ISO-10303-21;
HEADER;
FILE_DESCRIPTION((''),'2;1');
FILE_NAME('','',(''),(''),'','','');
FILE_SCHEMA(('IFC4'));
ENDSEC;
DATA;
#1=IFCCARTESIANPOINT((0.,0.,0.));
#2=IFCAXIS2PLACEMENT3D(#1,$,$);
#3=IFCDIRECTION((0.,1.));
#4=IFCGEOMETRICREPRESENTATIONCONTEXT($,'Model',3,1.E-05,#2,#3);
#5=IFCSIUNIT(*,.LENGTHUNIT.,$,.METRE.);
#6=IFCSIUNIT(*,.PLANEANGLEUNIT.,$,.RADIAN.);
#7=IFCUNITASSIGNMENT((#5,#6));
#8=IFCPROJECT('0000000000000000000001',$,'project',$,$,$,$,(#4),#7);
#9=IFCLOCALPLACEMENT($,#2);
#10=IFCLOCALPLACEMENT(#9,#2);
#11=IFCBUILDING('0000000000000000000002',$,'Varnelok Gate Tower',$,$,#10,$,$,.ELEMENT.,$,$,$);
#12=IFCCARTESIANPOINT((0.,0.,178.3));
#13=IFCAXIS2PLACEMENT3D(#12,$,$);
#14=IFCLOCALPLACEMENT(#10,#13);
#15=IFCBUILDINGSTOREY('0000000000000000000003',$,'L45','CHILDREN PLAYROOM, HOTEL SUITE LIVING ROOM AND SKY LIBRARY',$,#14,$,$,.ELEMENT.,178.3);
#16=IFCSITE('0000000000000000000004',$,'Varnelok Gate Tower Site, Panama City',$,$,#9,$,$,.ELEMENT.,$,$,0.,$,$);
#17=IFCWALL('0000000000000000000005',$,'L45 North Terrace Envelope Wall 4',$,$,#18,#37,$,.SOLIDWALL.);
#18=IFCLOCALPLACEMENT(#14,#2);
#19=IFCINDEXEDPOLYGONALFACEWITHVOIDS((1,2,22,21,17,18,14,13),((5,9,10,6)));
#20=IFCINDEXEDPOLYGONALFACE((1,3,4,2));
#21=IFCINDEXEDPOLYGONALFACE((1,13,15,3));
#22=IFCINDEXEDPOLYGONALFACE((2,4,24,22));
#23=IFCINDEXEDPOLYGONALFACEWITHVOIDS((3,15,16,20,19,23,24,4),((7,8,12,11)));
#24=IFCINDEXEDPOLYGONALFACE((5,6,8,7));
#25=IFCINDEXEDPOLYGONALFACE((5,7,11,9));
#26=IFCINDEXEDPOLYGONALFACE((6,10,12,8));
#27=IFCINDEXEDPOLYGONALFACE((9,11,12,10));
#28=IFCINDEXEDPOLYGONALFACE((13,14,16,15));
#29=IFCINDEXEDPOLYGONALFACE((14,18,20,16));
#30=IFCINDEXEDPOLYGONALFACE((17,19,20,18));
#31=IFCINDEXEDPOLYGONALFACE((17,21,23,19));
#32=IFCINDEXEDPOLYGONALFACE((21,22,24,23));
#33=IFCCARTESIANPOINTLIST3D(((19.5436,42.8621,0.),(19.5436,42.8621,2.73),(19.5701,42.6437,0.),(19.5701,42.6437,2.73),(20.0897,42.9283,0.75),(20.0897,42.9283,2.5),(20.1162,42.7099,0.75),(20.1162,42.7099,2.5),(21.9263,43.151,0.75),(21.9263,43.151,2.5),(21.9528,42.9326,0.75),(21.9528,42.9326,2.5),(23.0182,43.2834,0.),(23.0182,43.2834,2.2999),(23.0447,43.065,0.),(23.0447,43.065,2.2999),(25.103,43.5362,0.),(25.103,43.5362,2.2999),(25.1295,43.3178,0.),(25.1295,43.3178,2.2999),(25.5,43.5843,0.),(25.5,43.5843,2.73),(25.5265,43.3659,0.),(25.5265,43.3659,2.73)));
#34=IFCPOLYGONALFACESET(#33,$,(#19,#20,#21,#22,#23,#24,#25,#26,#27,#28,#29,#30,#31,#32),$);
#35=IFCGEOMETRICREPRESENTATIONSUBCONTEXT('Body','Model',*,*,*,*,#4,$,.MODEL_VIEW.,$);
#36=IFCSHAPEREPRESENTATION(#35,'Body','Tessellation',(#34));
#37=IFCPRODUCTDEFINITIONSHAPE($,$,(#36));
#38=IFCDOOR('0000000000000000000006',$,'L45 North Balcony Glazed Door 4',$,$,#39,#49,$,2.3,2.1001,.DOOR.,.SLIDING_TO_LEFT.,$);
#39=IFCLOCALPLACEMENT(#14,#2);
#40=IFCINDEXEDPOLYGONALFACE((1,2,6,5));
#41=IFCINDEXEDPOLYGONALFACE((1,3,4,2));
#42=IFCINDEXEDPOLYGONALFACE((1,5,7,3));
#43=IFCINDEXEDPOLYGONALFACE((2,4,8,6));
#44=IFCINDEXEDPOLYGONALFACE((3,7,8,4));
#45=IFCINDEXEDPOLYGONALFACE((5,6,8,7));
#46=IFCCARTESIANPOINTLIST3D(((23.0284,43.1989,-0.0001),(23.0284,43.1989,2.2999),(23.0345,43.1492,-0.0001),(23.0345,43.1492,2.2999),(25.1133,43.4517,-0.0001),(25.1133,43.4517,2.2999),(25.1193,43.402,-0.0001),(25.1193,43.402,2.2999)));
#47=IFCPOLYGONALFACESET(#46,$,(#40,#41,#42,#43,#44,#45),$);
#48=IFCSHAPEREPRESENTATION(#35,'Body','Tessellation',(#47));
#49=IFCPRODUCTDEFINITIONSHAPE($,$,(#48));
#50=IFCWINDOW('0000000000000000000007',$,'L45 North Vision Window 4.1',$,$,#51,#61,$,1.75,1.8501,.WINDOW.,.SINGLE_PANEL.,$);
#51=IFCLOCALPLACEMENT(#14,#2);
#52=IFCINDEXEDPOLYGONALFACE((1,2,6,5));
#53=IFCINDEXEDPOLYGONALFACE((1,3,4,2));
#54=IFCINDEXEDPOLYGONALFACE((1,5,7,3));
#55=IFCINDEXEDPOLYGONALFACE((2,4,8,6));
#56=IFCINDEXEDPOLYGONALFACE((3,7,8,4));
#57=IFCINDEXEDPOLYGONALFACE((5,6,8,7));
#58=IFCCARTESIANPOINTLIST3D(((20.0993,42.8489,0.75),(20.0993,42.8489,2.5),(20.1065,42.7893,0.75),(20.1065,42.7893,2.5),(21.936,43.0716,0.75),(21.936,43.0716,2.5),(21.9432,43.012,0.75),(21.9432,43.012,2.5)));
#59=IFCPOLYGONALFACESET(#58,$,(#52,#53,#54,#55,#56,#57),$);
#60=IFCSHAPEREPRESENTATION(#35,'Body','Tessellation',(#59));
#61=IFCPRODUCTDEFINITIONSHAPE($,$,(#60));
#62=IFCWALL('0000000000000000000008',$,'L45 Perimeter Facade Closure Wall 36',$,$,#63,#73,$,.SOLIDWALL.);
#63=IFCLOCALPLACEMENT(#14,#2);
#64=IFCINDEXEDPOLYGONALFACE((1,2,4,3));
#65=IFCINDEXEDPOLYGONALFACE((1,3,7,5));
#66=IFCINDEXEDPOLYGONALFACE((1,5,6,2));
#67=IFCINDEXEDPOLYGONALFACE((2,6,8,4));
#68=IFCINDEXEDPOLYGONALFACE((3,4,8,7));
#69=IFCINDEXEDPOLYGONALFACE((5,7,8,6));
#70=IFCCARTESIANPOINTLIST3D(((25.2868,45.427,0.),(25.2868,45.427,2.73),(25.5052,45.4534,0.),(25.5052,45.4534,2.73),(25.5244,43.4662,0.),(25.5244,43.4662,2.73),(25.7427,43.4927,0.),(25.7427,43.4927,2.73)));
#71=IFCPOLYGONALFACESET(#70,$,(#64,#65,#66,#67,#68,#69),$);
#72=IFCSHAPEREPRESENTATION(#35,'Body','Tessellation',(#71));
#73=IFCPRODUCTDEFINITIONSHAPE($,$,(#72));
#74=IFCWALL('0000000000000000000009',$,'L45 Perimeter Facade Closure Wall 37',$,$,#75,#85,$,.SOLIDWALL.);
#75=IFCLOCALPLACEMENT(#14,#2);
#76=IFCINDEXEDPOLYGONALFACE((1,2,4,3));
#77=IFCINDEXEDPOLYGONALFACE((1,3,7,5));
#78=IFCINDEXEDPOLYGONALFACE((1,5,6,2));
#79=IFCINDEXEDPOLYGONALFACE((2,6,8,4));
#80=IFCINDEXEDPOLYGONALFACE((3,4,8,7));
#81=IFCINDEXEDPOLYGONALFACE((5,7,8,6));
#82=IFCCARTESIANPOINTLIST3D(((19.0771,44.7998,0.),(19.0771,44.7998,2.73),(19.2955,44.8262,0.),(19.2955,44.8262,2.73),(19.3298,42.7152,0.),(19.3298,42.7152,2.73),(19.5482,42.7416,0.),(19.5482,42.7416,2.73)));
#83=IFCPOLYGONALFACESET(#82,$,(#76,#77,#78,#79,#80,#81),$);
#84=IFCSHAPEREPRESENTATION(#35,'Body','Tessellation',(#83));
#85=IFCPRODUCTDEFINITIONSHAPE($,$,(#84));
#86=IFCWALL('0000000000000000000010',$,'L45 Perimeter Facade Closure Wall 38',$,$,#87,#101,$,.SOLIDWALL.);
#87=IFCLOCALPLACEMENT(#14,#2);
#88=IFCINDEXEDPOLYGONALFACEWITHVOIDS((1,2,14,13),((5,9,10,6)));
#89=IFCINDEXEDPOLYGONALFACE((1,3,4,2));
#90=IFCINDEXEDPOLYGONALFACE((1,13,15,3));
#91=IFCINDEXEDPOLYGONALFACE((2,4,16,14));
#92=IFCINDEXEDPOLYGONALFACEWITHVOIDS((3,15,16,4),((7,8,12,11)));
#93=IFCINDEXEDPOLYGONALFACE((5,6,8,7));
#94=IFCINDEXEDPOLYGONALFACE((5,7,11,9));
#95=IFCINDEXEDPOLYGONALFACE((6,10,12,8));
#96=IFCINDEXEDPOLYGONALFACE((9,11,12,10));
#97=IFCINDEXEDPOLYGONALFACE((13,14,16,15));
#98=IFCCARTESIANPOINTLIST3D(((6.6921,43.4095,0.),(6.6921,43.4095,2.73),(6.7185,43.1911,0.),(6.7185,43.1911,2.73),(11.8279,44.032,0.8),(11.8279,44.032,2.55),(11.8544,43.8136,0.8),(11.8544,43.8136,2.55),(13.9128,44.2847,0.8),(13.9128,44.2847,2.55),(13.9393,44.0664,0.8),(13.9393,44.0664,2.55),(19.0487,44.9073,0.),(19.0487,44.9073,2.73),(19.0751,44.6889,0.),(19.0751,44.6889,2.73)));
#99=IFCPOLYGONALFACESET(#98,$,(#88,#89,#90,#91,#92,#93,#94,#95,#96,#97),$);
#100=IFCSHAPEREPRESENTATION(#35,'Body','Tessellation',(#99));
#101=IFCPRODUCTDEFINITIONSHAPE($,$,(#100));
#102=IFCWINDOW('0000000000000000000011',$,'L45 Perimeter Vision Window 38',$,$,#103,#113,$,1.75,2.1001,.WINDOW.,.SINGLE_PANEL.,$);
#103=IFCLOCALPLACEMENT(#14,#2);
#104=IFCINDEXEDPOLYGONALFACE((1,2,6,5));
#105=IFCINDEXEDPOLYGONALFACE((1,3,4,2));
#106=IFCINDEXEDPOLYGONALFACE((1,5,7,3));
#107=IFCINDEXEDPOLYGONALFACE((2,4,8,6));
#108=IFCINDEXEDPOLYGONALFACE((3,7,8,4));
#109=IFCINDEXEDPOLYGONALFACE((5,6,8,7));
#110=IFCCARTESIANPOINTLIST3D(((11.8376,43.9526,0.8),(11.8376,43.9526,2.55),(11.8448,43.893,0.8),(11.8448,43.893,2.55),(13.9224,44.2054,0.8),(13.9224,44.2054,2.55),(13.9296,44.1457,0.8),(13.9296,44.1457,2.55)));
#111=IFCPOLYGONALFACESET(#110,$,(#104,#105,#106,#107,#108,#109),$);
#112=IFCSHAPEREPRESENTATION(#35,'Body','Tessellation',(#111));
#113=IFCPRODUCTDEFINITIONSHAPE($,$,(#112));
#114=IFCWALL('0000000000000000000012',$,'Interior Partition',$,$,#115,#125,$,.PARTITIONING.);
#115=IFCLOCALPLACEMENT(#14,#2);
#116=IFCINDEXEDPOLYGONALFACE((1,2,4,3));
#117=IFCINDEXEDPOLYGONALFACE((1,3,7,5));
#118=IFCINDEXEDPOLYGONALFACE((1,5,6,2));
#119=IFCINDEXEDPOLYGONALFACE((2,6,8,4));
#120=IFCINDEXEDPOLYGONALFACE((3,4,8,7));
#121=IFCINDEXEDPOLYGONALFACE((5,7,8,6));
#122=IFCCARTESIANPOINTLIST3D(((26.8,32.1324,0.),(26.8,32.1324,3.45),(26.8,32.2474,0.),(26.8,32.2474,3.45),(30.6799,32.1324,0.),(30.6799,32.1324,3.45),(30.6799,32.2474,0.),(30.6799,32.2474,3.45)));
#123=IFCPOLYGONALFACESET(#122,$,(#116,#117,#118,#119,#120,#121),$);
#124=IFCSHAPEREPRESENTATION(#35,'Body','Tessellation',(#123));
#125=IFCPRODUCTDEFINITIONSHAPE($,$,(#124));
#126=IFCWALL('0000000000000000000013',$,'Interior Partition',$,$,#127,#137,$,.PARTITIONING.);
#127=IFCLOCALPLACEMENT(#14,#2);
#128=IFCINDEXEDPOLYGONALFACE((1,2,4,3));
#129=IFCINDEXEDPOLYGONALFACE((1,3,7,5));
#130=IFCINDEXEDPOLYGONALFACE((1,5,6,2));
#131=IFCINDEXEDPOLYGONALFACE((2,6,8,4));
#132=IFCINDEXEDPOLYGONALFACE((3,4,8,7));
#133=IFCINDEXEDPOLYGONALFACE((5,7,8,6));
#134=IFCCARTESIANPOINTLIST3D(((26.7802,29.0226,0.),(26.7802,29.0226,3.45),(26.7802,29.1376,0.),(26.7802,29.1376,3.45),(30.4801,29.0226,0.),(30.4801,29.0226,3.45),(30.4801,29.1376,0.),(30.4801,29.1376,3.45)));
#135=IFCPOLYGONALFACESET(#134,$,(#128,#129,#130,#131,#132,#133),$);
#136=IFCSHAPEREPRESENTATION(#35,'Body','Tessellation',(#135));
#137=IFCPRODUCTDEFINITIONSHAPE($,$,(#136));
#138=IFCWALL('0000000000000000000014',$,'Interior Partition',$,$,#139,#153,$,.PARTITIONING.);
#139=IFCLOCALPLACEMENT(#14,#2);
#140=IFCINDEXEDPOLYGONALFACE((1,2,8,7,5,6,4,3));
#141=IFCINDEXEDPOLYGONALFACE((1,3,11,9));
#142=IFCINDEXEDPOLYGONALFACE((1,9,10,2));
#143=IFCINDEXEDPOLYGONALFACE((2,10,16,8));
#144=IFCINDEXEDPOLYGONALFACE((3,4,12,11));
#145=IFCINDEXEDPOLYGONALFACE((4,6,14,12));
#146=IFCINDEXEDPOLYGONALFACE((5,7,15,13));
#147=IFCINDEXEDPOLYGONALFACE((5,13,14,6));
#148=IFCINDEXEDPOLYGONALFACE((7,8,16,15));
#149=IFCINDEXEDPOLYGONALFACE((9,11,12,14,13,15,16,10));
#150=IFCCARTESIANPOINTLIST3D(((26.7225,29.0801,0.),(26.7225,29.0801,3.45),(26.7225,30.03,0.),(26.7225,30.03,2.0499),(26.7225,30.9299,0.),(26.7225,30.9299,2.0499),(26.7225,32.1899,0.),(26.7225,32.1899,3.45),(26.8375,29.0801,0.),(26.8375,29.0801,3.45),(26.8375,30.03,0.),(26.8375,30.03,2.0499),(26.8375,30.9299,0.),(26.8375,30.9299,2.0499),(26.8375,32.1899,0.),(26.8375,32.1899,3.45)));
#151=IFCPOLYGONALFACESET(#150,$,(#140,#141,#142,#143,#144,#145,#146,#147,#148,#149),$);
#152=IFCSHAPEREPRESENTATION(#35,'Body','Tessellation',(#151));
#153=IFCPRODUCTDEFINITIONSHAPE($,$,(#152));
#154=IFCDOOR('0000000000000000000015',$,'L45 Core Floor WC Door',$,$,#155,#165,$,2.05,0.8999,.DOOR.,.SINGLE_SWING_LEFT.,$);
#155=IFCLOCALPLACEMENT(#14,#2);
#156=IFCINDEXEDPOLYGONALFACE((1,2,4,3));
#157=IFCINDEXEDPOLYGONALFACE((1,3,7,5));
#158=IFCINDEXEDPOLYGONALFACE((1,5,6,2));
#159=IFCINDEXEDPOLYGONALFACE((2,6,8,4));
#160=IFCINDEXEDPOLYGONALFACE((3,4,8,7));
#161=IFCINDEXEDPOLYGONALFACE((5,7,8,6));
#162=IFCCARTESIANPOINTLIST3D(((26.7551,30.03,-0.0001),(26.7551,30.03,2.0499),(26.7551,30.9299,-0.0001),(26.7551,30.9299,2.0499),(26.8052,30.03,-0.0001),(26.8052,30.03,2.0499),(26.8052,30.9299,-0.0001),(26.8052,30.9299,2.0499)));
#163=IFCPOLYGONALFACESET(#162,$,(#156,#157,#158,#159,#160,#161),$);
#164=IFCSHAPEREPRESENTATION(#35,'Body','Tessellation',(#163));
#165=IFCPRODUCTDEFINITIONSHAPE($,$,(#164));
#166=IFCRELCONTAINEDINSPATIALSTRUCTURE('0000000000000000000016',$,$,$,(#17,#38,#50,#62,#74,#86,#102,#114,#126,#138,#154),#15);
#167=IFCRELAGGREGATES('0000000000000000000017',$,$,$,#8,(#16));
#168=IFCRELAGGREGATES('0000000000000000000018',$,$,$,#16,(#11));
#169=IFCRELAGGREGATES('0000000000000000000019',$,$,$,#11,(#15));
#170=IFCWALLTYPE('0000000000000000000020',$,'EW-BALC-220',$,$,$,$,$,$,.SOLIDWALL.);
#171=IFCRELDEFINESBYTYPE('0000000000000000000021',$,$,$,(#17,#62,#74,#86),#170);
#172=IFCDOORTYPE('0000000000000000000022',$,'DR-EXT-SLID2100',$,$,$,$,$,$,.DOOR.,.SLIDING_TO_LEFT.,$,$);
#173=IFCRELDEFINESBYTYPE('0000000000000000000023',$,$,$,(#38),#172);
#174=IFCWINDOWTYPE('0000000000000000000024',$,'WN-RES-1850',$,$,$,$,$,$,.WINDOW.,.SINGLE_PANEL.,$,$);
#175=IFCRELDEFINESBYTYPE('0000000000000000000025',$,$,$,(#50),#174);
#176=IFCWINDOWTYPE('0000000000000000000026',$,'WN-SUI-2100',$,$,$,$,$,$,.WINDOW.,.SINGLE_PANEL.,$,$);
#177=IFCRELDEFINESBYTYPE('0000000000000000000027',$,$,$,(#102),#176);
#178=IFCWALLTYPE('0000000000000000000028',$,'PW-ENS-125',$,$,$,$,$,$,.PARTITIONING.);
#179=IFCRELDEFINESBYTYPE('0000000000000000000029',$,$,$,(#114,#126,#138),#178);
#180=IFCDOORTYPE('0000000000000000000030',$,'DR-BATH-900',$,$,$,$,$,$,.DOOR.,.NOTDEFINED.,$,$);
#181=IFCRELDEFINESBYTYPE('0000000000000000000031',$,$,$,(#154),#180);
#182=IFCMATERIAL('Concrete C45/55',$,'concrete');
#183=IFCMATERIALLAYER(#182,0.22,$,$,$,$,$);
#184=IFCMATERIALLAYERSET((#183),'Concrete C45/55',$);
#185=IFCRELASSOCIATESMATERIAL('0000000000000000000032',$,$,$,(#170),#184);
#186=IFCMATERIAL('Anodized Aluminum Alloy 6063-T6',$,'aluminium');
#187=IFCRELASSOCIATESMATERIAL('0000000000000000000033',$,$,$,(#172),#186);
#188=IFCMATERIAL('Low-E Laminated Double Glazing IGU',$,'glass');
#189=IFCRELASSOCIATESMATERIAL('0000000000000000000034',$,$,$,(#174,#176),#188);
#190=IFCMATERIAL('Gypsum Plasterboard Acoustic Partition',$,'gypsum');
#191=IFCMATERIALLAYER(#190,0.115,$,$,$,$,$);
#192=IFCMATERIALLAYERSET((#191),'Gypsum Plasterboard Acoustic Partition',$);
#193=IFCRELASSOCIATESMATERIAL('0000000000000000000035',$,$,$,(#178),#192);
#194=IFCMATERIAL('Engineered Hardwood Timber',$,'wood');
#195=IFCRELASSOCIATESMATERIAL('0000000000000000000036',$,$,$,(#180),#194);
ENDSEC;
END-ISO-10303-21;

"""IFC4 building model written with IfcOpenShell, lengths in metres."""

from ifc_helpers import new_model, si_unit, direction, frame, frame_2d, origin, place, context, subcontext, project, spatial, rectangle, extrude, material, layer, layer_set, type_object, element, fill, save


model = new_model("IFC4")

# Units and contexts
model_context = context("Model", 3, precision=1e-05, world=origin(), true_north=direction((0.0, 1.0)))
body_context = subcontext(model_context, "Body", "Model", "MODEL_VIEW")
ifc_project = project(units=[si_unit("LENGTHUNIT", "METRE"), si_unit("PLANEANGLEUNIT", "RADIAN")], contexts=[model_context])

# Site, building, storey
site_placement = place(None, origin())
site = spatial("IfcSite", under=ifc_project, at=site_placement, Name="Varnelok Gate Tower Site, Panama City", CompositionType="ELEMENT", RefElevation=0.0)
building_placement = place(site_placement, origin())
building = spatial("IfcBuilding", under=site, at=building_placement, Name="Varnelok Gate Tower", CompositionType="ELEMENT")
storey_placement = place(building_placement, frame((0.0, 0.0, 178.3)))
storey = spatial("IfcBuildingStorey", under=building, at=storey_placement, Name="L45", Description="CHILDREN PLAYROOM, HOTEL SUITE LIVING ROOM AND SKY LIBRARY", CompositionType="ELEMENT", Elevation=178.3)

# Wall, openings, door, window
ifc_material_1 = material(Name="Concrete C45/55", Category="concrete")
ifc_layer_1 = layer(ifc_material_1, 0.22)
ifc_layer_set_1 = layer_set([ifc_layer_1], Name="Concrete C45/55")
wall_type_1 = type_object("IfcWallType", Name="EW-BALC-220", PredefinedType="SOLIDWALL", material=ifc_layer_set_1)
wall_1_placement = place(storey_placement, frame((19.5569, 42.7529, 0.0), z_axis=(0.0, 0.0, 1.0), x_axis=(0.99273, 0.120363, 0.0)))
wall_1 = element("IfcWall", 1, at=wall_1_placement, inside=storey, type_object=wall_type_1, Name="L45 North Terrace Envelope Wall 4", PredefinedType="SOLIDWALL", context=body_context, shape_type="SweptSolid", body=[
    extrude(rectangle(XDim=6.0, YDim=0.22, at=frame_2d((3.0, 0.0))), origin(), (0.0, 0.0, 1.0), 2.73),
])
opening_1_placement = place(wall_1_placement, frame((3.5, 0.0, 0.0)))
opening_1 = element("IfcOpeningElement", 2, at=opening_1_placement, cuts=wall_1, PredefinedType="OPENING", context=body_context, shape_type="SweptSolid", body=[
    extrude(rectangle(XDim=2.1001, YDim=2.3, at=frame_2d((1.05, 1.1499))), frame((0.0, 0.1199, 0.0), z_axis=(0.0, -1.0, 0.0), x_axis=(1.0, 0.0, 0.0)), (0.0, 0.0, 1.0), 0.24),
])
opening_2_placement = place(wall_1_placement, frame((0.55, 0.0, 0.75)))
opening_2 = element("IfcOpeningElement", 3, at=opening_2_placement, cuts=wall_1, PredefinedType="OPENING", context=body_context, shape_type="SweptSolid", body=[
    extrude(rectangle(XDim=1.8501, YDim=1.75, at=frame_2d((0.925, 0.875))), frame((0.0, 0.1199, 0.0), z_axis=(0.0, -1.0, 0.0), x_axis=(1.0, 0.0, 0.0)), (0.0, 0.0, 1.0), 0.24),
])
ifc_material_2 = material(Name="Anodized Aluminum Alloy 6063-T6", Category="aluminium")
door_type_1 = type_object("IfcDoorType", Name="DR-EXT-SLID2100", OperationType="SLIDING_TO_LEFT", PredefinedType="DOOR", material=ifc_material_2)
door_1_placement = place(opening_1_placement, origin())
door_1 = element("IfcDoor", 4, at=door_1_placement, inside=storey, type_object=door_type_1, Name="L45 North Balcony Glazed Door 4", OperationType="SLIDING_TO_LEFT", OverallHeight=2.3, OverallWidth=2.1001, PredefinedType="DOOR", context=body_context, shape_type="SweptSolid", body=[
    extrude(rectangle(XDim=2.1001, YDim=2.3, at=frame_2d((1.05, 1.1499))), frame((0.0, 0.0249, 0.0), z_axis=(0.0, -1.0, 0.0), x_axis=(1.0, 0.0, 0.0)), (0.0, 0.0, 1.0), 0.05),
])
fill(opening_1, door_1)
ifc_material_3 = material(Name="Low-E Laminated Double Glazing IGU", Category="glass")
window_type_1 = type_object("IfcWindowType", Name="WN-RES-1850", PartitioningType="SINGLE_PANEL", PredefinedType="WINDOW", material=ifc_material_3)
window_1_placement = place(opening_2_placement, origin())
window_1 = element("IfcWindow", 5, at=window_1_placement, inside=storey, type_object=window_type_1, Name="L45 North Vision Window 4.1", OverallHeight=1.75, OverallWidth=1.8501, PartitioningType="SINGLE_PANEL", PredefinedType="WINDOW", context=body_context, shape_type="SweptSolid", body=[
    extrude(rectangle(XDim=1.8501, YDim=1.75, at=frame_2d((0.925, 0.875))), frame((0.0, 0.03, 0.0), z_axis=(0.0, -1.0, 0.0), x_axis=(1.0, 0.0, 0.0)), (0.0, 0.0, 1.0), 0.0601),
])
fill(opening_2, window_1)

# Walls
wall_2_placement = place(storey_placement, frame((25.396, 45.4402, 0.0), z_axis=(0.0, 0.0, 1.0), x_axis=(0.120276, -0.99274, 0.0)))
element("IfcWall", 6, at=wall_2_placement, inside=storey, type_object=wall_type_1, Name="L45 Perimeter Facade Closure Wall 36", PredefinedType="SOLIDWALL", context=body_context, shape_type="SweptSolid", body=[
    extrude(rectangle(XDim=1.9751, YDim=0.22, at=frame_2d((0.9875, 0.0))), origin(), (0.0, 0.0, 1.0), 2.73),
])
wall_3_placement = place(storey_placement, frame((19.439, 42.7285, 0.0), z_axis=(0.0, 0.0, 1.0), x_axis=(-0.120328, 0.992734, 0.0)))
element("IfcWall", 7, at=wall_3_placement, inside=storey, type_object=wall_type_1, Name="L45 Perimeter Facade Closure Wall 37", PredefinedType="SOLIDWALL", context=body_context, shape_type="SweptSolid", body=[
    extrude(rectangle(XDim=2.0999, YDim=0.22, at=frame_2d((1.0498, 0.0))), origin(), (0.0, 0.0, 1.0), 2.73),
])

# Wall, opening, window
wall_4_placement = place(storey_placement, frame((19.062, 44.7981, 0.0), z_axis=(0.0, 0.0, 1.0), x_axis=(-0.992734, -0.120333, 0.0)))
wall_4 = element("IfcWall", 8, at=wall_4_placement, inside=storey, type_object=wall_type_1, Name="L45 Perimeter Facade Closure Wall 38", PredefinedType="SOLIDWALL", context=body_context, shape_type="SweptSolid", body=[
    extrude(rectangle(XDim=12.447, YDim=0.22, at=frame_2d((6.2236, 0.0))), origin(), (0.0, 0.0, 1.0), 2.73),
])
opening_3_placement = place(wall_4_placement, frame((5.1736, 0.0, 0.8)))
opening_3 = element("IfcOpeningElement", 9, at=opening_3_placement, cuts=wall_4, PredefinedType="OPENING", context=body_context, shape_type="SweptSolid", body=[
    extrude(rectangle(XDim=2.1001, YDim=1.75, at=frame_2d((1.05, 0.875))), frame((0.0, 0.1199, 0.0), z_axis=(0.0, -1.0, 0.0), x_axis=(1.0, 0.0, 0.0)), (0.0, 0.0, 1.0), 0.24),
])
window_type_2 = type_object("IfcWindowType", Name="WN-SUI-2100", PartitioningType="SINGLE_PANEL", PredefinedType="WINDOW", material=ifc_material_3)
window_2_placement = place(opening_3_placement, origin())
window_2 = element("IfcWindow", 10, at=window_2_placement, inside=storey, type_object=window_type_2, Name="L45 Perimeter Vision Window 38", OverallHeight=1.75, OverallWidth=2.1001, PartitioningType="SINGLE_PANEL", PredefinedType="WINDOW", context=body_context, shape_type="SweptSolid", body=[
    extrude(rectangle(XDim=2.1001, YDim=1.75, at=frame_2d((1.05, 0.875))), frame((0.0, 0.03, 0.0), z_axis=(0.0, -1.0, 0.0), x_axis=(1.0, 0.0, 0.0)), (0.0, 0.0, 1.0), 0.0601),
])
fill(opening_3, window_2)

# Walls
ifc_material_4 = material(Name="Gypsum Plasterboard Acoustic Partition", Category="gypsum")
ifc_layer_2 = layer(ifc_material_4, 0.115)
ifc_layer_set_2 = layer_set([ifc_layer_2], Name="Gypsum Plasterboard Acoustic Partition")
wall_type_2 = type_object("IfcWallType", Name="PW-ENS-125", PredefinedType="PARTITIONING", material=ifc_layer_set_2)
wall_5_placement = place(storey_placement, frame((26.8, 32.1899, 0.0), z_axis=(0.0, 0.0, 1.0), x_axis=(1.0, 0.0, 0.0)))
element("IfcWall", 11, at=wall_5_placement, inside=storey, type_object=wall_type_2, Name="Interior Partition", PredefinedType="PARTITIONING", context=body_context, shape_type="SweptSolid", body=[
    extrude(rectangle(XDim=3.8799, YDim=0.115, at=frame_2d((1.9399, 0.0))), origin(), (0.0, 0.0, 1.0), 3.45),
])
wall_6_placement = place(storey_placement, frame((26.78, 29.0801, 0.0), z_axis=(0.0, 0.0, 1.0), x_axis=(1.0, 0.0, 0.0)))
element("IfcWall", 12, at=wall_6_placement, inside=storey, type_object=wall_type_2, Name="Interior Partition", PredefinedType="PARTITIONING", context=body_context, shape_type="SweptSolid", body=[
    extrude(rectangle(XDim=3.7, YDim=0.115, at=frame_2d((1.8501, 0.0))), origin(), (0.0, 0.0, 1.0), 3.45),
])

# Wall, opening, door
wall_7_placement = place(storey_placement, frame((26.78, 29.0801, 0.0), z_axis=(0.0, 0.0, 1.0), x_axis=(0.0, 1.0, 0.0)))
wall_7 = element("IfcWall", 13, at=wall_7_placement, inside=storey, type_object=wall_type_2, Name="Interior Partition", PredefinedType="PARTITIONING", context=body_context, shape_type="SweptSolid", body=[
    extrude(rectangle(XDim=3.1099, YDim=0.115, at=frame_2d((1.5549, 0.0))), origin(), (0.0, 0.0, 1.0), 3.45),
])
opening_4_placement = place(wall_7_placement, frame((0.95, 0.0, 0.0)))
opening_4 = element("IfcOpeningElement", 14, at=opening_4_placement, cuts=wall_7, PredefinedType="OPENING", context=body_context, shape_type="SweptSolid", body=[
    extrude(rectangle(XDim=0.8999, YDim=2.05, at=frame_2d((0.45, 1.0249))), frame((0.0, 0.0674, 0.0), z_axis=(0.0, -1.0, 0.0), x_axis=(1.0, 0.0, 0.0)), (0.0, 0.0, 1.0), 0.135),
])
ifc_material_5 = material(Name="Engineered Hardwood Timber", Category="wood")
door_type_2 = type_object("IfcDoorType", Name="DR-BATH-900", OperationType="NOTDEFINED", PredefinedType="DOOR", material=ifc_material_5)
door_2_placement = place(opening_4_placement, origin())
door_2 = element("IfcDoor", 15, at=door_2_placement, inside=storey, type_object=door_type_2, Name="L45 Core Floor WC Door", OperationType="SINGLE_SWING_LEFT", OverallHeight=2.05, OverallWidth=0.8999, PredefinedType="DOOR", context=body_context, shape_type="SweptSolid", body=[
    extrude(rectangle(XDim=0.8999, YDim=2.05, at=frame_2d((0.45, 1.0249))), frame((0.0, 0.0249, 0.0), z_axis=(0.0, -1.0, 0.0), x_axis=(1.0, 0.0, 0.0)), (0.0, 0.0, 1.0), 0.05),
])
fill(opening_4, door_2)

save(model, "model.ifc")
